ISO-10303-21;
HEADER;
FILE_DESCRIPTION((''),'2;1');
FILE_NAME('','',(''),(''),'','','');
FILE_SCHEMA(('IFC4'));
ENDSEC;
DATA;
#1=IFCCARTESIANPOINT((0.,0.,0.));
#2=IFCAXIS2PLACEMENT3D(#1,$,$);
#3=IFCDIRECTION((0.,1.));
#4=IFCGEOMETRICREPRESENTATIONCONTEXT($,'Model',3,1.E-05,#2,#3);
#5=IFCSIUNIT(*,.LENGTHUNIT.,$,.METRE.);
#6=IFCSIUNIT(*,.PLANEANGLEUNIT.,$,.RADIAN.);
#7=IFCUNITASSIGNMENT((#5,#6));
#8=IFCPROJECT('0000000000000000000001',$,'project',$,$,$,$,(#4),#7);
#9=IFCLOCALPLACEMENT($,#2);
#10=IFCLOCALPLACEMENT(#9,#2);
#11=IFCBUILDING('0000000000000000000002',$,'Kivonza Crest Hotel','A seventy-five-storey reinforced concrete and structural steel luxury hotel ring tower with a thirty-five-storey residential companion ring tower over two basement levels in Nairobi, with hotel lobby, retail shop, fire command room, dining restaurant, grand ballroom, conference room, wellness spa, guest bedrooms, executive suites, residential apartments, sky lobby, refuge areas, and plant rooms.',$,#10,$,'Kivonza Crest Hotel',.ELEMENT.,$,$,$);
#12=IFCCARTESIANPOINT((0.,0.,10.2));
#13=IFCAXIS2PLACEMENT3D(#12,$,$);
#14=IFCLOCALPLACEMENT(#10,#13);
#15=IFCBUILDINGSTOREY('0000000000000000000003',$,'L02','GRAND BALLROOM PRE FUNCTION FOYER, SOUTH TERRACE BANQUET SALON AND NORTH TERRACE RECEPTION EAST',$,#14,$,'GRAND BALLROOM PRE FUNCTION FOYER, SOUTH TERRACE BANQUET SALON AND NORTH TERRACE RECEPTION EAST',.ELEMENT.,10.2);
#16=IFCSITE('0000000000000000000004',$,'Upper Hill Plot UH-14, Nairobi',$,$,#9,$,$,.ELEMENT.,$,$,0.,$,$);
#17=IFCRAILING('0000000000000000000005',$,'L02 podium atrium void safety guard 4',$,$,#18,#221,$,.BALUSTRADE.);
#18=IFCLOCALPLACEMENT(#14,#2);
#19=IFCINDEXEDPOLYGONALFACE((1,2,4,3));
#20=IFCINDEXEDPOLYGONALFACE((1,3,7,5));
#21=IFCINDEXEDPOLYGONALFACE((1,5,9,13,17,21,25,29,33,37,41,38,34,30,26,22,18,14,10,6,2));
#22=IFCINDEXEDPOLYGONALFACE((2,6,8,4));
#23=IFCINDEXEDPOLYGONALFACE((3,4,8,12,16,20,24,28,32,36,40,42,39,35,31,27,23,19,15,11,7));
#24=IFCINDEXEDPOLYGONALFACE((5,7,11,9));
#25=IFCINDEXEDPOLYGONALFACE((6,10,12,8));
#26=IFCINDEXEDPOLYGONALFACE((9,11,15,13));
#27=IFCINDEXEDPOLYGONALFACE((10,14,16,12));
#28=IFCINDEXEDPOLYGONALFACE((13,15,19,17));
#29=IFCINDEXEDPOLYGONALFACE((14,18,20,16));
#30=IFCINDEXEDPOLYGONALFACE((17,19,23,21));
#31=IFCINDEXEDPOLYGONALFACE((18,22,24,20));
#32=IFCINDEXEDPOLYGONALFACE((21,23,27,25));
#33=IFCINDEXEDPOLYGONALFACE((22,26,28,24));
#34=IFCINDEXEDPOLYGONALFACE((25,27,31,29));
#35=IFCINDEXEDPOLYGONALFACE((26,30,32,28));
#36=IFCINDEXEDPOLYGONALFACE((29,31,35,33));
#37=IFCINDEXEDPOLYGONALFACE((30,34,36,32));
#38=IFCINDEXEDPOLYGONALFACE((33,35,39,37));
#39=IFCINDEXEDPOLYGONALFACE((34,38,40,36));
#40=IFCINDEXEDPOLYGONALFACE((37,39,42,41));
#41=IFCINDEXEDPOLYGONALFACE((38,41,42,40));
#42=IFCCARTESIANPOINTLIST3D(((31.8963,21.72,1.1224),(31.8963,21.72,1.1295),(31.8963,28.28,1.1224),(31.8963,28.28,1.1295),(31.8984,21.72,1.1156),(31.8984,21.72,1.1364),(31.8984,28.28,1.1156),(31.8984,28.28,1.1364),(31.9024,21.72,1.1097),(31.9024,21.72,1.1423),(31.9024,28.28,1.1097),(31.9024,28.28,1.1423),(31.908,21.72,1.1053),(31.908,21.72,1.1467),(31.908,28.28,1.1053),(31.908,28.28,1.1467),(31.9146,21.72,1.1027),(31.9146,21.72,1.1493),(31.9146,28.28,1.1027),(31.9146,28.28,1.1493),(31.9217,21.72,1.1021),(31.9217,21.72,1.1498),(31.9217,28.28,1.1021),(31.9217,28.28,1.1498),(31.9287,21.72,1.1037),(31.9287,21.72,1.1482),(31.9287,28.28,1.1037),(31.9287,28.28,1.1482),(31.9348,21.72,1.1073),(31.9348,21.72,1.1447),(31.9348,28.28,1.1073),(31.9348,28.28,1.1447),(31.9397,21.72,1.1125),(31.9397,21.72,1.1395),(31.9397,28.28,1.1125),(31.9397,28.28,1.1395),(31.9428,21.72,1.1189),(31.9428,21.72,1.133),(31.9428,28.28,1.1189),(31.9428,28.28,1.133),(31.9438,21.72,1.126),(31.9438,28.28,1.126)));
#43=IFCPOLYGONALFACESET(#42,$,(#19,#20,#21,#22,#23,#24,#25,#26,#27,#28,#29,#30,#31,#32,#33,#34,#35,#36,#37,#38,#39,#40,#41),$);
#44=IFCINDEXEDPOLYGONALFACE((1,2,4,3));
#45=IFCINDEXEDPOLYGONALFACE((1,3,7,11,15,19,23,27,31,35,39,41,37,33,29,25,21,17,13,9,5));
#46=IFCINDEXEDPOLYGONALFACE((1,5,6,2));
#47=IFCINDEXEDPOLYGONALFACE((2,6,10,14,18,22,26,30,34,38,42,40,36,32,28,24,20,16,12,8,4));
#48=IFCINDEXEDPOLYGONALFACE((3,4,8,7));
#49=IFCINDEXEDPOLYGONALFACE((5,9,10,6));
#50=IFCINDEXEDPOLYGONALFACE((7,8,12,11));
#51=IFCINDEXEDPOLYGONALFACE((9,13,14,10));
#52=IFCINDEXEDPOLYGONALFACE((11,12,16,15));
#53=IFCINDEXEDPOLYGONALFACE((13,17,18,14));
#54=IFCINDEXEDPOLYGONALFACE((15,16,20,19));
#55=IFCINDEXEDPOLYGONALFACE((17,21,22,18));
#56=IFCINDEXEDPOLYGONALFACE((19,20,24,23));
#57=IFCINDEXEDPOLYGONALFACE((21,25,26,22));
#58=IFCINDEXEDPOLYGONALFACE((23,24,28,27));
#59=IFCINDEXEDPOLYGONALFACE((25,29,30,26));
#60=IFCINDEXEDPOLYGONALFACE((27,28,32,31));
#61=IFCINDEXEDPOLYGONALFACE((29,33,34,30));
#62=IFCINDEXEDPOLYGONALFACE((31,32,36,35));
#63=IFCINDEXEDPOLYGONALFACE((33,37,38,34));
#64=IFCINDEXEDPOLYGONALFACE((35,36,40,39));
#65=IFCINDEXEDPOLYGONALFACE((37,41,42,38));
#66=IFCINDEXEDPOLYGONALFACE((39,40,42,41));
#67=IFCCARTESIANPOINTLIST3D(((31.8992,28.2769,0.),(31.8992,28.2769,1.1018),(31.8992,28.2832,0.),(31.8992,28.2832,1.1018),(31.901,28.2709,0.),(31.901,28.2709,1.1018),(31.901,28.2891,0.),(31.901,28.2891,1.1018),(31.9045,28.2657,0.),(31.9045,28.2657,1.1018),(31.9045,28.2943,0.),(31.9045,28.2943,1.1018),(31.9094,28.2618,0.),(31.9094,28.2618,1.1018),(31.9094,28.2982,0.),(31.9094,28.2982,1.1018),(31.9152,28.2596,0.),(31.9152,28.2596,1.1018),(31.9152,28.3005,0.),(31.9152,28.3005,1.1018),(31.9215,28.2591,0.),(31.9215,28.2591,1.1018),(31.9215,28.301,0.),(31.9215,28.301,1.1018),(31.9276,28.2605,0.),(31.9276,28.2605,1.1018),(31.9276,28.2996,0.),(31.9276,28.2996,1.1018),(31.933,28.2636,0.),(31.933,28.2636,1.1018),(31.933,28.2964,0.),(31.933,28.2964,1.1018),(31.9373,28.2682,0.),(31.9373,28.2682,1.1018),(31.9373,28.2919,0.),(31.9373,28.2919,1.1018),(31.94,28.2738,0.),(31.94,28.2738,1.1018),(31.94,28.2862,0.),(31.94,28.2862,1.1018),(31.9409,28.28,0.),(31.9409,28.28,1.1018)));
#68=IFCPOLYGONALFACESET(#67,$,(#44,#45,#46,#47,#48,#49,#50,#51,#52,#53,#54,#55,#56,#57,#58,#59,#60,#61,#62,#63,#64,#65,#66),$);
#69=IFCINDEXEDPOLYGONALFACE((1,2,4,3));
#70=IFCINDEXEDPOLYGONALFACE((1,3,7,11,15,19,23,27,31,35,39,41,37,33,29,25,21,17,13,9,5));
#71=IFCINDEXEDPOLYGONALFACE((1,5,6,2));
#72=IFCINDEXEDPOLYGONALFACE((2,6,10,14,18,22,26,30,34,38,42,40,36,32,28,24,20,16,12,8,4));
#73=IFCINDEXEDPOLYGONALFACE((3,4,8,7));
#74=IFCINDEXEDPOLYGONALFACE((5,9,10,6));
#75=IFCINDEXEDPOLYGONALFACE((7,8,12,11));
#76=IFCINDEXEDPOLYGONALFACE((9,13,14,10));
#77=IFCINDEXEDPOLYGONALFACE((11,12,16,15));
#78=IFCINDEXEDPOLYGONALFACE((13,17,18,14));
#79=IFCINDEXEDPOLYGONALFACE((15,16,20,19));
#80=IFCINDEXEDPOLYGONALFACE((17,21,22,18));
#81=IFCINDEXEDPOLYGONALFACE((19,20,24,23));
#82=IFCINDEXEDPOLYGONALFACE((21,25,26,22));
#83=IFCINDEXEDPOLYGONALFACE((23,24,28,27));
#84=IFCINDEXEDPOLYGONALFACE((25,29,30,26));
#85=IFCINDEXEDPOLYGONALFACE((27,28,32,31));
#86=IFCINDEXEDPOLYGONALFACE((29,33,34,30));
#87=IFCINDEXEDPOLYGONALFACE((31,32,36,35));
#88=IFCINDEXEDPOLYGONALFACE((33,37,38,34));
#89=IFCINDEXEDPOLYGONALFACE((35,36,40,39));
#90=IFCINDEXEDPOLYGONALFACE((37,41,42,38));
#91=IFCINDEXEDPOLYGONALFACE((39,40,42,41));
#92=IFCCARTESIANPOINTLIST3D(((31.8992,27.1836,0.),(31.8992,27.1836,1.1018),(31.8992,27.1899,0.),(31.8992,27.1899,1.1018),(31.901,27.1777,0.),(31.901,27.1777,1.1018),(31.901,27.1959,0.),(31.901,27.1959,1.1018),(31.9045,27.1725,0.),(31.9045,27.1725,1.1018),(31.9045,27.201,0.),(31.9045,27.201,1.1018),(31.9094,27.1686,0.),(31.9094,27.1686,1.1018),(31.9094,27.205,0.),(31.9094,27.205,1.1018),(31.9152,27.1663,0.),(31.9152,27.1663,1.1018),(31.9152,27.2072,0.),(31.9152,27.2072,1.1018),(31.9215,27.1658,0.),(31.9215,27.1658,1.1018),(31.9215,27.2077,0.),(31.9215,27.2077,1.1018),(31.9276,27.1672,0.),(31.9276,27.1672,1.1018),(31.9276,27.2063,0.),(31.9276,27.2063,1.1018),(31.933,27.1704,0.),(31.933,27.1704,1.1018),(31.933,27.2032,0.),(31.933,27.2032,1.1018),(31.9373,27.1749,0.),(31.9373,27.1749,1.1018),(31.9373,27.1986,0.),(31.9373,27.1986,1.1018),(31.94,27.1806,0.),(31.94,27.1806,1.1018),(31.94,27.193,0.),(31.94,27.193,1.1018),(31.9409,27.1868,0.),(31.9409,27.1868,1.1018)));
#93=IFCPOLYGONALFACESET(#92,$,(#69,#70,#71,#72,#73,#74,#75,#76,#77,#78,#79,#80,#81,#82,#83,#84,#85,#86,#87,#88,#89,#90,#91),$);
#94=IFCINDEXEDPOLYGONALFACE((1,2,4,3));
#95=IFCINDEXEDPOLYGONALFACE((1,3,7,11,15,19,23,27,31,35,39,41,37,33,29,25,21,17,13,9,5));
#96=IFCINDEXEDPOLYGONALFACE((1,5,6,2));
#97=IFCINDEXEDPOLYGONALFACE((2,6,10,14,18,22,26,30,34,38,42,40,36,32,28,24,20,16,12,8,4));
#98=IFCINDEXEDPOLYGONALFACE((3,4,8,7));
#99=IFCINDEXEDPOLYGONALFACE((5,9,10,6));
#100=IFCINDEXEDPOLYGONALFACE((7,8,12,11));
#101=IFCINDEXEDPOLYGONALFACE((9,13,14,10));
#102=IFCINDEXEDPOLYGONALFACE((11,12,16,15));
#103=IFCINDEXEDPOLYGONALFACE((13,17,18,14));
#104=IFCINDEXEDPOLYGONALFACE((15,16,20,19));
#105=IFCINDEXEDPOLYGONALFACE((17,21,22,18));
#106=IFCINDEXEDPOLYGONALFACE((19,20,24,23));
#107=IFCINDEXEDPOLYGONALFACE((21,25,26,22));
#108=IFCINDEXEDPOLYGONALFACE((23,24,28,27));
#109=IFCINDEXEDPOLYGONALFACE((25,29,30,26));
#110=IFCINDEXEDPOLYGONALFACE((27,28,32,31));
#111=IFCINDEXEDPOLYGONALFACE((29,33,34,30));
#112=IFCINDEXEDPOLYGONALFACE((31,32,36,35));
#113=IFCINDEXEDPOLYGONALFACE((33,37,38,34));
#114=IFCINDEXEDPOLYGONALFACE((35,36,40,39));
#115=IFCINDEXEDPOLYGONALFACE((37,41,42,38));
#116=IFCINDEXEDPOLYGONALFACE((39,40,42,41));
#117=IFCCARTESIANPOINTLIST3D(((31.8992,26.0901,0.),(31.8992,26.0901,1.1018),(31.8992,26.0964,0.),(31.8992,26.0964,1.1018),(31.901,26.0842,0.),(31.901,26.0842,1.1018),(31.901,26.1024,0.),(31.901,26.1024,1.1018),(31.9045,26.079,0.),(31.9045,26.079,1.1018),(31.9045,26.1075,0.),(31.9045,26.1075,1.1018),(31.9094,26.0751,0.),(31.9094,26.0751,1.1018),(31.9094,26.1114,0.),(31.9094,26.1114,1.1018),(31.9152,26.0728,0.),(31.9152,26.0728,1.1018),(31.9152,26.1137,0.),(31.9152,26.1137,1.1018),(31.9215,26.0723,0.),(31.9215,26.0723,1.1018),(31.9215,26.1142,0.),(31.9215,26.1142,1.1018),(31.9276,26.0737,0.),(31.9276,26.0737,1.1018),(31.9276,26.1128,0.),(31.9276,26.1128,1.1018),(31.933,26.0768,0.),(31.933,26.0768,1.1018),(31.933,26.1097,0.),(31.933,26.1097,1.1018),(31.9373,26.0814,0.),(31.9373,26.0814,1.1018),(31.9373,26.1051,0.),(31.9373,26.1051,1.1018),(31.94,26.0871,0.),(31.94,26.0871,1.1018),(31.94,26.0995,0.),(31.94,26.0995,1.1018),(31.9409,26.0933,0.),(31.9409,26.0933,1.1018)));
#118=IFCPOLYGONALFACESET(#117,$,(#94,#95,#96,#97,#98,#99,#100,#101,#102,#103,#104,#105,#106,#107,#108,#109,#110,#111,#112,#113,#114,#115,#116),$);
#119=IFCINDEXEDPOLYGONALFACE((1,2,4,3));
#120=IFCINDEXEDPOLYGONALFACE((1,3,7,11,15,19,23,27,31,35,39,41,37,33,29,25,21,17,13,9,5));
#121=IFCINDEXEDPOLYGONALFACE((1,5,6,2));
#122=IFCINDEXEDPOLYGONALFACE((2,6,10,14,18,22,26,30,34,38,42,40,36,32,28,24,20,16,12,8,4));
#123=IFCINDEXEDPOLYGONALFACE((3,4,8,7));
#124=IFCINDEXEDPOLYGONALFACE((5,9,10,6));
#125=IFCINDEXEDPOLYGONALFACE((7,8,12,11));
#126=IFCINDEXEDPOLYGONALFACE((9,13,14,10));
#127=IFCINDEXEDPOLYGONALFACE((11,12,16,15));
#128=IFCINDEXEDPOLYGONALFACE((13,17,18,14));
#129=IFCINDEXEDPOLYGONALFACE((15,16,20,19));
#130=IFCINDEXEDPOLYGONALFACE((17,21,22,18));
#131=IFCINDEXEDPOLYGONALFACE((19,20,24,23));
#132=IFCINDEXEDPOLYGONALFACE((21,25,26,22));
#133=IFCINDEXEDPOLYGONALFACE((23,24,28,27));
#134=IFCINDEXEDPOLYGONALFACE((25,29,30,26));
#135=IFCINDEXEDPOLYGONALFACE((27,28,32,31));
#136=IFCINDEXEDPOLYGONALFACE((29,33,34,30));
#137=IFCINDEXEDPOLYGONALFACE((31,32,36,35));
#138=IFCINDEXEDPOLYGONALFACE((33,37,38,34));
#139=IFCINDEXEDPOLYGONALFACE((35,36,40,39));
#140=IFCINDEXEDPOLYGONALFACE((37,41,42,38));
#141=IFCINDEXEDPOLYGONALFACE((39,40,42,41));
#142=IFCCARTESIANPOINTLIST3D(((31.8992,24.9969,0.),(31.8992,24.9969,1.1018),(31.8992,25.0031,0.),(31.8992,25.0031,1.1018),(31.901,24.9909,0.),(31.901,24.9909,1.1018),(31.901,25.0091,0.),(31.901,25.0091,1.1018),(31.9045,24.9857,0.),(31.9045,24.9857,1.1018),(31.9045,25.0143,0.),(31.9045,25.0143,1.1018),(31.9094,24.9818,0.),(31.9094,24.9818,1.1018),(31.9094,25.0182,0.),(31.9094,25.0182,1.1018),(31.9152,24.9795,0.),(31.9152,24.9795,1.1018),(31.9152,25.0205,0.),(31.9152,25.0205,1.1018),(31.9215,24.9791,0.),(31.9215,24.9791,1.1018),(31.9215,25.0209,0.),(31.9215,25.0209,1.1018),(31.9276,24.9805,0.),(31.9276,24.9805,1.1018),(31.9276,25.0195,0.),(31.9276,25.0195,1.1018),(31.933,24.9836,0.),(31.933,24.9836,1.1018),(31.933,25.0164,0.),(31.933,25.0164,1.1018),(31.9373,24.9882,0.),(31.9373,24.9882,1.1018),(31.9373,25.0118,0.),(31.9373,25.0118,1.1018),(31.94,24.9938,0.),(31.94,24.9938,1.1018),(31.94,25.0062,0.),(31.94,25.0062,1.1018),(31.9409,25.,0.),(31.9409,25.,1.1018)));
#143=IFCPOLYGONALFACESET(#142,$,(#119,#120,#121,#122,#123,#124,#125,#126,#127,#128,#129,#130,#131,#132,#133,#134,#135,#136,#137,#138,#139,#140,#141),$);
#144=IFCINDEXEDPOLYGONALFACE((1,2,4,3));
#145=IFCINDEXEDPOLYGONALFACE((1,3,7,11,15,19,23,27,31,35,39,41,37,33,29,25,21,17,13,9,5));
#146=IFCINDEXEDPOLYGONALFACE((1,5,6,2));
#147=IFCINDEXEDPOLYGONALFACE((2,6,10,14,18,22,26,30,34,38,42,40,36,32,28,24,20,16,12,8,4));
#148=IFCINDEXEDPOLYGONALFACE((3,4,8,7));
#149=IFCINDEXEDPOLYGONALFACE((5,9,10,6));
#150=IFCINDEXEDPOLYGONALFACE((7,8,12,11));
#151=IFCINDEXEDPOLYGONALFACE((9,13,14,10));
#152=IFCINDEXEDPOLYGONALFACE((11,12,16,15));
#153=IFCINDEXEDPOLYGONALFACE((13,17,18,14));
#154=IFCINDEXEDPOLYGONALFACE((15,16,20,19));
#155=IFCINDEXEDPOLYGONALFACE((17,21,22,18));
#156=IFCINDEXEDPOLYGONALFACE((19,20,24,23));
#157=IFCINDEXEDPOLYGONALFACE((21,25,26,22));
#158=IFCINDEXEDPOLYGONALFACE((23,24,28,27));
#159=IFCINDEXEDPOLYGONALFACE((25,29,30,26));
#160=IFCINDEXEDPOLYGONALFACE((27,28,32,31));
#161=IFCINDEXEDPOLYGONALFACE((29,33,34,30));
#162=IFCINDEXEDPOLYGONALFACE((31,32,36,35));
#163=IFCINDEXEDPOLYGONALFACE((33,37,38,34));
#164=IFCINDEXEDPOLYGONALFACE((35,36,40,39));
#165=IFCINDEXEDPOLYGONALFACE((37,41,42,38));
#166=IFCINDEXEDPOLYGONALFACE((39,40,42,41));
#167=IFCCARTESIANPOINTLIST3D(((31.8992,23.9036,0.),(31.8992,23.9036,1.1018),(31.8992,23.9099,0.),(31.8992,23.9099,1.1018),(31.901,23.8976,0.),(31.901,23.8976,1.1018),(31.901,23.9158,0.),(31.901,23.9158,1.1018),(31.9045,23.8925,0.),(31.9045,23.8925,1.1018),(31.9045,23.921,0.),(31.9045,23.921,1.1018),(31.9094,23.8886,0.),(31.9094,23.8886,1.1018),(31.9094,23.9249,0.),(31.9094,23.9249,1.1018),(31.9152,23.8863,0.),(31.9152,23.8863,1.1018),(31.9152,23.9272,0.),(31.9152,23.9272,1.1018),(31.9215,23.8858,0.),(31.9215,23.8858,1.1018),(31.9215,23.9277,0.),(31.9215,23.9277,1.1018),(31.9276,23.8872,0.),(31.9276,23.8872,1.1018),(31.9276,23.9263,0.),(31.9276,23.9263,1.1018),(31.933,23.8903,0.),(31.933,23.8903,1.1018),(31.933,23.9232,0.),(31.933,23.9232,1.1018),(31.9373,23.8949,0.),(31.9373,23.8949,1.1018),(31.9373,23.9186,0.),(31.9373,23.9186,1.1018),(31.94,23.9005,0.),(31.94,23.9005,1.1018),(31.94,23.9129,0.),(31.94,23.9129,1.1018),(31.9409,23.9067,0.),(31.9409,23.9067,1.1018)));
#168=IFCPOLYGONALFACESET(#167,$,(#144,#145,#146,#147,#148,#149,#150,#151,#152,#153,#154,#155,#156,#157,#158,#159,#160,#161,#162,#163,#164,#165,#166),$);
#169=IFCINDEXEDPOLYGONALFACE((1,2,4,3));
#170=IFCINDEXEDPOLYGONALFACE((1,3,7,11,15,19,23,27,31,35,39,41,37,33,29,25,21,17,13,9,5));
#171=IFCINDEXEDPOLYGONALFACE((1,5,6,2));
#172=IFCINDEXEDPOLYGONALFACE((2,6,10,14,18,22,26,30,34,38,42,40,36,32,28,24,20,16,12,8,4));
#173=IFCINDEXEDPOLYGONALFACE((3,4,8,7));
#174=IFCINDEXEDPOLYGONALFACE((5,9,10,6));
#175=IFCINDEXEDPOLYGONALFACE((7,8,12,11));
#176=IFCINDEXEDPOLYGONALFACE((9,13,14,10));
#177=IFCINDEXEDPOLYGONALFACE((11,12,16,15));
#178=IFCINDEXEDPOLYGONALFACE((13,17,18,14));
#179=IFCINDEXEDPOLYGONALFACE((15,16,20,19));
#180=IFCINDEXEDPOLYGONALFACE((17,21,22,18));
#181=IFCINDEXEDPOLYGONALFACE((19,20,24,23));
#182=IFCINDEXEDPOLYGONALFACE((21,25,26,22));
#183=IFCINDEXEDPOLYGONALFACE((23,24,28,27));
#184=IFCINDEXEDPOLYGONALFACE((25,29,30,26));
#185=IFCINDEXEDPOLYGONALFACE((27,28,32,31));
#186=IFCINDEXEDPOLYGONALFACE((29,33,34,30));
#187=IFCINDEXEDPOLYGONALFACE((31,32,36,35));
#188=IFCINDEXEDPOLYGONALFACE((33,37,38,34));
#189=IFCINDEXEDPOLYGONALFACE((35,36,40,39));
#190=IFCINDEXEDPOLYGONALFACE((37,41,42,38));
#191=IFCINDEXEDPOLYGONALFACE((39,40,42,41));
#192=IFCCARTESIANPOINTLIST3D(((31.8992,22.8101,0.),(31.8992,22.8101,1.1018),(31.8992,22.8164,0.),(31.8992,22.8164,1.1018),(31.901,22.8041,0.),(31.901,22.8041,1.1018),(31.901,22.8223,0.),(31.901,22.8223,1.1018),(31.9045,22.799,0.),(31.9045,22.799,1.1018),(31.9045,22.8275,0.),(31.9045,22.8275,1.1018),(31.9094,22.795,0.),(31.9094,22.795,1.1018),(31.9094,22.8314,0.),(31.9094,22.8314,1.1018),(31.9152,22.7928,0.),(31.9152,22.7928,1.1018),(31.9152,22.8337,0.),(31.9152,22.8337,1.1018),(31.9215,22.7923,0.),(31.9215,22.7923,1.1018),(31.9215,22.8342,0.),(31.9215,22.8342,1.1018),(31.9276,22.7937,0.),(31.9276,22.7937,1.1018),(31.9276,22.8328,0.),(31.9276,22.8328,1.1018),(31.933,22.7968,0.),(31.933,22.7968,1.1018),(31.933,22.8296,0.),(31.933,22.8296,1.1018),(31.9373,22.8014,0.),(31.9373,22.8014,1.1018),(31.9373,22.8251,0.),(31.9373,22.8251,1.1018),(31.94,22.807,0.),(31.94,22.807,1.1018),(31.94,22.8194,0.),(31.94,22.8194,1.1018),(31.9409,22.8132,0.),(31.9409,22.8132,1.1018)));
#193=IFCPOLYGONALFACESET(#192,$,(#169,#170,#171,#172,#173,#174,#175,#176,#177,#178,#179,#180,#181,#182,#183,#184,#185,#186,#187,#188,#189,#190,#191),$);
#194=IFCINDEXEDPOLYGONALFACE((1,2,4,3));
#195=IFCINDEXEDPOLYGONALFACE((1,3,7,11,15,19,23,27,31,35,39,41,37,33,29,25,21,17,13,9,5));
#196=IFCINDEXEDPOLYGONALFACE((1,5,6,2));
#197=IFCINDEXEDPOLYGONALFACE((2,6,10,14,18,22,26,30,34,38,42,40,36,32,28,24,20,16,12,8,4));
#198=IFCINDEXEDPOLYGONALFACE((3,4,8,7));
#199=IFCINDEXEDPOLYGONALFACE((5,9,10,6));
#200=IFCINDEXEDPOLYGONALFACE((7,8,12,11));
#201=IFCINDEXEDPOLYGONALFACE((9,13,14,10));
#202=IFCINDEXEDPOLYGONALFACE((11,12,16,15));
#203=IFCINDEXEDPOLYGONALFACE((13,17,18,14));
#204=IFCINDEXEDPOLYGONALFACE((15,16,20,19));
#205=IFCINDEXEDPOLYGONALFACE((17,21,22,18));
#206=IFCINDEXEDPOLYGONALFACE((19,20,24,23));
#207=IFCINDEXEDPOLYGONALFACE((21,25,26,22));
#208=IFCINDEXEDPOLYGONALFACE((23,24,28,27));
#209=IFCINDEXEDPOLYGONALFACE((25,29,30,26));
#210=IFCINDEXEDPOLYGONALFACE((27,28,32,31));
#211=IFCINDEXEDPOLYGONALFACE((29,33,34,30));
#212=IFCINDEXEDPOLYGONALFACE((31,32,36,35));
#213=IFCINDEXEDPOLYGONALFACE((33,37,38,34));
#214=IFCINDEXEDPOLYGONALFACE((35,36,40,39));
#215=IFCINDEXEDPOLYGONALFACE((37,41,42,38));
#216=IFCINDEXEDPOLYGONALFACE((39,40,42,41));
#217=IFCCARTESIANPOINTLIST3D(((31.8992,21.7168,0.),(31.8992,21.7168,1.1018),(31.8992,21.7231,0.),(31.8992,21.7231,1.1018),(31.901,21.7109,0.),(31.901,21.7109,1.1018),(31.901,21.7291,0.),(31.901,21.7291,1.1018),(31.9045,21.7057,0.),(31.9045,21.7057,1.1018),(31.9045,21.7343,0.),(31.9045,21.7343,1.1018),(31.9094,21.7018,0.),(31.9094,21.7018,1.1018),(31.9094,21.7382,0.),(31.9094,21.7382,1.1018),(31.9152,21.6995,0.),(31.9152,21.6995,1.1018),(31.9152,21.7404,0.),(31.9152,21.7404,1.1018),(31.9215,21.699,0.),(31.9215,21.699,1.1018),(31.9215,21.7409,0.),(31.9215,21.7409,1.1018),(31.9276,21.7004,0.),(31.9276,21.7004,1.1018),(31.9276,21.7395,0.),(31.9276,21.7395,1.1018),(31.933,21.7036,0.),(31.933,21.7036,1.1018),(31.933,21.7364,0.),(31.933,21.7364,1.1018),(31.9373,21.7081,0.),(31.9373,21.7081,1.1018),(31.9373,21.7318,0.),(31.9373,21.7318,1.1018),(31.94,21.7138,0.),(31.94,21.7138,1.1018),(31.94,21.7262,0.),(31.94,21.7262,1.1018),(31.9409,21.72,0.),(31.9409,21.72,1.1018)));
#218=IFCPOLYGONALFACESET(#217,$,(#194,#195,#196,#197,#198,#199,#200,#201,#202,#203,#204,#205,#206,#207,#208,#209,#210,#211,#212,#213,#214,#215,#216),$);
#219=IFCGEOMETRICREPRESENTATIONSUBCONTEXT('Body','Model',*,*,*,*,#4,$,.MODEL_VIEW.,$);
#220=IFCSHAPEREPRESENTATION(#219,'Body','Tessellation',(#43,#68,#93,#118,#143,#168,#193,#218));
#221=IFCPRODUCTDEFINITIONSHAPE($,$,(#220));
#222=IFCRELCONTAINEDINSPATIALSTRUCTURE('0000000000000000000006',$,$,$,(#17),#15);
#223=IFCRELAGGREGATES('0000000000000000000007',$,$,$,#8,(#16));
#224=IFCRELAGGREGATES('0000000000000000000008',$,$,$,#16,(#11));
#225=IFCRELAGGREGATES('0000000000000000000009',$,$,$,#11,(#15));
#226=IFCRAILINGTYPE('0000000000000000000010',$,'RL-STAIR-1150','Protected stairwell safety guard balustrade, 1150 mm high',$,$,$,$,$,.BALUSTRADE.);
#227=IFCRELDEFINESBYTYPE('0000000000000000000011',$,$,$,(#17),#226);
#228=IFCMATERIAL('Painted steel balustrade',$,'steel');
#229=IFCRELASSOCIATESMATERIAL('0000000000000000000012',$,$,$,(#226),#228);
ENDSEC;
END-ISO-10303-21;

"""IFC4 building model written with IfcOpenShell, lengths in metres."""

from ifc_helpers import new_model, si_unit, direction, frame, origin, origin_2d, place, context, subcontext, project, spatial, circle, extrude, material, type_object, element, save


model = new_model("IFC4")

# Units and contexts
model_context = context("Model", 3, precision=1e-05, world=origin(), true_north=direction((0.0, 1.0)))
body_context = subcontext(model_context, "Body", "Model", "MODEL_VIEW")
ifc_project = project(units=[si_unit("LENGTHUNIT", "METRE"), si_unit("PLANEANGLEUNIT", "RADIAN")], contexts=[model_context])

# Site, building, storey
site_placement = place(None, origin())
site = spatial("IfcSite", under=ifc_project, at=site_placement, Name="Upper Hill Plot UH-14, Nairobi", CompositionType="ELEMENT", RefElevation=0.0)
building_placement = place(site_placement, origin())
building = spatial("IfcBuilding", under=site, at=building_placement, Name="Kivonza Crest Hotel", Description="A seventy-five-storey reinforced concrete and structural steel luxury hotel ring tower with a thirty-five-storey residential companion ring tower over two basement levels in Nairobi, with hotel lobby, retail shop, fire command room, dining restaurant, grand ballroom, conference room, wellness spa, guest bedrooms, executive suites, residential apartments, sky lobby, refuge areas, and plant rooms.", LongName="Kivonza Crest Hotel", CompositionType="ELEMENT")
storey_placement = place(building_placement, frame((0.0, 0.0, 10.2)))
storey = spatial("IfcBuildingStorey", under=building, at=storey_placement, Name="L02", Description="GRAND BALLROOM PRE FUNCTION FOYER, SOUTH TERRACE BANQUET SALON AND NORTH TERRACE RECEPTION EAST", LongName="GRAND BALLROOM PRE FUNCTION FOYER, SOUTH TERRACE BANQUET SALON AND NORTH TERRACE RECEPTION EAST", CompositionType="ELEMENT", Elevation=10.2)

# Railing
ifc_material_1 = material(Name="Painted steel balustrade", Category="steel")
railing_type = type_object("IfcRailingType", Name="RL-STAIR-1150", Description="Protected stairwell safety guard balustrade, 1150 mm high", PredefinedType="BALUSTRADE", material=ifc_material_1)
railing_1_placement = place(storey_placement, frame((31.9199, 28.28, 0.0)))
element("IfcRailing", 1, at=railing_1_placement, inside=storey, type_object=railing_type, Name="L02 podium atrium void safety guard 4", PredefinedType="BALUSTRADE", context=body_context, shape_type="SweptSolid", body=[
    extrude(circle(Radius=0.0239, at=origin_2d()), frame((0.0, 0.0, 1.126), z_axis=(0.0, -1.0, 0.0), x_axis=(1.0, 0.0, 0.0)), (0.0, 0.0, 1.0), 6.5601),
    extrude(circle(Radius=0.021, at=origin_2d()), origin(), (0.0, 0.0, 1.0), 1.1018),
    extrude(circle(Radius=0.021, at=origin_2d()), frame((0.0, -1.0933, 0.0)), (0.0, 0.0, 1.0), 1.1018),
    extrude(circle(Radius=0.021, at=origin_2d()), frame((0.0, -2.1868, 0.0)), (0.0, 0.0, 1.0), 1.1018),
    extrude(circle(Radius=0.021, at=origin_2d()), frame((0.0, -3.28, 0.0)), (0.0, 0.0, 1.0), 1.1018),
    extrude(circle(Radius=0.021, at=origin_2d()), frame((0.0, -4.3733, 0.0)), (0.0, 0.0, 1.0), 1.1018),
    extrude(circle(Radius=0.021, at=origin_2d()), frame((0.0, -5.4668, 0.0)), (0.0, 0.0, 1.0), 1.1018),
    extrude(circle(Radius=0.021, at=origin_2d()), frame((0.0, -6.5601, 0.0)), (0.0, 0.0, 1.0), 1.1018),
])

save(model, "model.ifc")
